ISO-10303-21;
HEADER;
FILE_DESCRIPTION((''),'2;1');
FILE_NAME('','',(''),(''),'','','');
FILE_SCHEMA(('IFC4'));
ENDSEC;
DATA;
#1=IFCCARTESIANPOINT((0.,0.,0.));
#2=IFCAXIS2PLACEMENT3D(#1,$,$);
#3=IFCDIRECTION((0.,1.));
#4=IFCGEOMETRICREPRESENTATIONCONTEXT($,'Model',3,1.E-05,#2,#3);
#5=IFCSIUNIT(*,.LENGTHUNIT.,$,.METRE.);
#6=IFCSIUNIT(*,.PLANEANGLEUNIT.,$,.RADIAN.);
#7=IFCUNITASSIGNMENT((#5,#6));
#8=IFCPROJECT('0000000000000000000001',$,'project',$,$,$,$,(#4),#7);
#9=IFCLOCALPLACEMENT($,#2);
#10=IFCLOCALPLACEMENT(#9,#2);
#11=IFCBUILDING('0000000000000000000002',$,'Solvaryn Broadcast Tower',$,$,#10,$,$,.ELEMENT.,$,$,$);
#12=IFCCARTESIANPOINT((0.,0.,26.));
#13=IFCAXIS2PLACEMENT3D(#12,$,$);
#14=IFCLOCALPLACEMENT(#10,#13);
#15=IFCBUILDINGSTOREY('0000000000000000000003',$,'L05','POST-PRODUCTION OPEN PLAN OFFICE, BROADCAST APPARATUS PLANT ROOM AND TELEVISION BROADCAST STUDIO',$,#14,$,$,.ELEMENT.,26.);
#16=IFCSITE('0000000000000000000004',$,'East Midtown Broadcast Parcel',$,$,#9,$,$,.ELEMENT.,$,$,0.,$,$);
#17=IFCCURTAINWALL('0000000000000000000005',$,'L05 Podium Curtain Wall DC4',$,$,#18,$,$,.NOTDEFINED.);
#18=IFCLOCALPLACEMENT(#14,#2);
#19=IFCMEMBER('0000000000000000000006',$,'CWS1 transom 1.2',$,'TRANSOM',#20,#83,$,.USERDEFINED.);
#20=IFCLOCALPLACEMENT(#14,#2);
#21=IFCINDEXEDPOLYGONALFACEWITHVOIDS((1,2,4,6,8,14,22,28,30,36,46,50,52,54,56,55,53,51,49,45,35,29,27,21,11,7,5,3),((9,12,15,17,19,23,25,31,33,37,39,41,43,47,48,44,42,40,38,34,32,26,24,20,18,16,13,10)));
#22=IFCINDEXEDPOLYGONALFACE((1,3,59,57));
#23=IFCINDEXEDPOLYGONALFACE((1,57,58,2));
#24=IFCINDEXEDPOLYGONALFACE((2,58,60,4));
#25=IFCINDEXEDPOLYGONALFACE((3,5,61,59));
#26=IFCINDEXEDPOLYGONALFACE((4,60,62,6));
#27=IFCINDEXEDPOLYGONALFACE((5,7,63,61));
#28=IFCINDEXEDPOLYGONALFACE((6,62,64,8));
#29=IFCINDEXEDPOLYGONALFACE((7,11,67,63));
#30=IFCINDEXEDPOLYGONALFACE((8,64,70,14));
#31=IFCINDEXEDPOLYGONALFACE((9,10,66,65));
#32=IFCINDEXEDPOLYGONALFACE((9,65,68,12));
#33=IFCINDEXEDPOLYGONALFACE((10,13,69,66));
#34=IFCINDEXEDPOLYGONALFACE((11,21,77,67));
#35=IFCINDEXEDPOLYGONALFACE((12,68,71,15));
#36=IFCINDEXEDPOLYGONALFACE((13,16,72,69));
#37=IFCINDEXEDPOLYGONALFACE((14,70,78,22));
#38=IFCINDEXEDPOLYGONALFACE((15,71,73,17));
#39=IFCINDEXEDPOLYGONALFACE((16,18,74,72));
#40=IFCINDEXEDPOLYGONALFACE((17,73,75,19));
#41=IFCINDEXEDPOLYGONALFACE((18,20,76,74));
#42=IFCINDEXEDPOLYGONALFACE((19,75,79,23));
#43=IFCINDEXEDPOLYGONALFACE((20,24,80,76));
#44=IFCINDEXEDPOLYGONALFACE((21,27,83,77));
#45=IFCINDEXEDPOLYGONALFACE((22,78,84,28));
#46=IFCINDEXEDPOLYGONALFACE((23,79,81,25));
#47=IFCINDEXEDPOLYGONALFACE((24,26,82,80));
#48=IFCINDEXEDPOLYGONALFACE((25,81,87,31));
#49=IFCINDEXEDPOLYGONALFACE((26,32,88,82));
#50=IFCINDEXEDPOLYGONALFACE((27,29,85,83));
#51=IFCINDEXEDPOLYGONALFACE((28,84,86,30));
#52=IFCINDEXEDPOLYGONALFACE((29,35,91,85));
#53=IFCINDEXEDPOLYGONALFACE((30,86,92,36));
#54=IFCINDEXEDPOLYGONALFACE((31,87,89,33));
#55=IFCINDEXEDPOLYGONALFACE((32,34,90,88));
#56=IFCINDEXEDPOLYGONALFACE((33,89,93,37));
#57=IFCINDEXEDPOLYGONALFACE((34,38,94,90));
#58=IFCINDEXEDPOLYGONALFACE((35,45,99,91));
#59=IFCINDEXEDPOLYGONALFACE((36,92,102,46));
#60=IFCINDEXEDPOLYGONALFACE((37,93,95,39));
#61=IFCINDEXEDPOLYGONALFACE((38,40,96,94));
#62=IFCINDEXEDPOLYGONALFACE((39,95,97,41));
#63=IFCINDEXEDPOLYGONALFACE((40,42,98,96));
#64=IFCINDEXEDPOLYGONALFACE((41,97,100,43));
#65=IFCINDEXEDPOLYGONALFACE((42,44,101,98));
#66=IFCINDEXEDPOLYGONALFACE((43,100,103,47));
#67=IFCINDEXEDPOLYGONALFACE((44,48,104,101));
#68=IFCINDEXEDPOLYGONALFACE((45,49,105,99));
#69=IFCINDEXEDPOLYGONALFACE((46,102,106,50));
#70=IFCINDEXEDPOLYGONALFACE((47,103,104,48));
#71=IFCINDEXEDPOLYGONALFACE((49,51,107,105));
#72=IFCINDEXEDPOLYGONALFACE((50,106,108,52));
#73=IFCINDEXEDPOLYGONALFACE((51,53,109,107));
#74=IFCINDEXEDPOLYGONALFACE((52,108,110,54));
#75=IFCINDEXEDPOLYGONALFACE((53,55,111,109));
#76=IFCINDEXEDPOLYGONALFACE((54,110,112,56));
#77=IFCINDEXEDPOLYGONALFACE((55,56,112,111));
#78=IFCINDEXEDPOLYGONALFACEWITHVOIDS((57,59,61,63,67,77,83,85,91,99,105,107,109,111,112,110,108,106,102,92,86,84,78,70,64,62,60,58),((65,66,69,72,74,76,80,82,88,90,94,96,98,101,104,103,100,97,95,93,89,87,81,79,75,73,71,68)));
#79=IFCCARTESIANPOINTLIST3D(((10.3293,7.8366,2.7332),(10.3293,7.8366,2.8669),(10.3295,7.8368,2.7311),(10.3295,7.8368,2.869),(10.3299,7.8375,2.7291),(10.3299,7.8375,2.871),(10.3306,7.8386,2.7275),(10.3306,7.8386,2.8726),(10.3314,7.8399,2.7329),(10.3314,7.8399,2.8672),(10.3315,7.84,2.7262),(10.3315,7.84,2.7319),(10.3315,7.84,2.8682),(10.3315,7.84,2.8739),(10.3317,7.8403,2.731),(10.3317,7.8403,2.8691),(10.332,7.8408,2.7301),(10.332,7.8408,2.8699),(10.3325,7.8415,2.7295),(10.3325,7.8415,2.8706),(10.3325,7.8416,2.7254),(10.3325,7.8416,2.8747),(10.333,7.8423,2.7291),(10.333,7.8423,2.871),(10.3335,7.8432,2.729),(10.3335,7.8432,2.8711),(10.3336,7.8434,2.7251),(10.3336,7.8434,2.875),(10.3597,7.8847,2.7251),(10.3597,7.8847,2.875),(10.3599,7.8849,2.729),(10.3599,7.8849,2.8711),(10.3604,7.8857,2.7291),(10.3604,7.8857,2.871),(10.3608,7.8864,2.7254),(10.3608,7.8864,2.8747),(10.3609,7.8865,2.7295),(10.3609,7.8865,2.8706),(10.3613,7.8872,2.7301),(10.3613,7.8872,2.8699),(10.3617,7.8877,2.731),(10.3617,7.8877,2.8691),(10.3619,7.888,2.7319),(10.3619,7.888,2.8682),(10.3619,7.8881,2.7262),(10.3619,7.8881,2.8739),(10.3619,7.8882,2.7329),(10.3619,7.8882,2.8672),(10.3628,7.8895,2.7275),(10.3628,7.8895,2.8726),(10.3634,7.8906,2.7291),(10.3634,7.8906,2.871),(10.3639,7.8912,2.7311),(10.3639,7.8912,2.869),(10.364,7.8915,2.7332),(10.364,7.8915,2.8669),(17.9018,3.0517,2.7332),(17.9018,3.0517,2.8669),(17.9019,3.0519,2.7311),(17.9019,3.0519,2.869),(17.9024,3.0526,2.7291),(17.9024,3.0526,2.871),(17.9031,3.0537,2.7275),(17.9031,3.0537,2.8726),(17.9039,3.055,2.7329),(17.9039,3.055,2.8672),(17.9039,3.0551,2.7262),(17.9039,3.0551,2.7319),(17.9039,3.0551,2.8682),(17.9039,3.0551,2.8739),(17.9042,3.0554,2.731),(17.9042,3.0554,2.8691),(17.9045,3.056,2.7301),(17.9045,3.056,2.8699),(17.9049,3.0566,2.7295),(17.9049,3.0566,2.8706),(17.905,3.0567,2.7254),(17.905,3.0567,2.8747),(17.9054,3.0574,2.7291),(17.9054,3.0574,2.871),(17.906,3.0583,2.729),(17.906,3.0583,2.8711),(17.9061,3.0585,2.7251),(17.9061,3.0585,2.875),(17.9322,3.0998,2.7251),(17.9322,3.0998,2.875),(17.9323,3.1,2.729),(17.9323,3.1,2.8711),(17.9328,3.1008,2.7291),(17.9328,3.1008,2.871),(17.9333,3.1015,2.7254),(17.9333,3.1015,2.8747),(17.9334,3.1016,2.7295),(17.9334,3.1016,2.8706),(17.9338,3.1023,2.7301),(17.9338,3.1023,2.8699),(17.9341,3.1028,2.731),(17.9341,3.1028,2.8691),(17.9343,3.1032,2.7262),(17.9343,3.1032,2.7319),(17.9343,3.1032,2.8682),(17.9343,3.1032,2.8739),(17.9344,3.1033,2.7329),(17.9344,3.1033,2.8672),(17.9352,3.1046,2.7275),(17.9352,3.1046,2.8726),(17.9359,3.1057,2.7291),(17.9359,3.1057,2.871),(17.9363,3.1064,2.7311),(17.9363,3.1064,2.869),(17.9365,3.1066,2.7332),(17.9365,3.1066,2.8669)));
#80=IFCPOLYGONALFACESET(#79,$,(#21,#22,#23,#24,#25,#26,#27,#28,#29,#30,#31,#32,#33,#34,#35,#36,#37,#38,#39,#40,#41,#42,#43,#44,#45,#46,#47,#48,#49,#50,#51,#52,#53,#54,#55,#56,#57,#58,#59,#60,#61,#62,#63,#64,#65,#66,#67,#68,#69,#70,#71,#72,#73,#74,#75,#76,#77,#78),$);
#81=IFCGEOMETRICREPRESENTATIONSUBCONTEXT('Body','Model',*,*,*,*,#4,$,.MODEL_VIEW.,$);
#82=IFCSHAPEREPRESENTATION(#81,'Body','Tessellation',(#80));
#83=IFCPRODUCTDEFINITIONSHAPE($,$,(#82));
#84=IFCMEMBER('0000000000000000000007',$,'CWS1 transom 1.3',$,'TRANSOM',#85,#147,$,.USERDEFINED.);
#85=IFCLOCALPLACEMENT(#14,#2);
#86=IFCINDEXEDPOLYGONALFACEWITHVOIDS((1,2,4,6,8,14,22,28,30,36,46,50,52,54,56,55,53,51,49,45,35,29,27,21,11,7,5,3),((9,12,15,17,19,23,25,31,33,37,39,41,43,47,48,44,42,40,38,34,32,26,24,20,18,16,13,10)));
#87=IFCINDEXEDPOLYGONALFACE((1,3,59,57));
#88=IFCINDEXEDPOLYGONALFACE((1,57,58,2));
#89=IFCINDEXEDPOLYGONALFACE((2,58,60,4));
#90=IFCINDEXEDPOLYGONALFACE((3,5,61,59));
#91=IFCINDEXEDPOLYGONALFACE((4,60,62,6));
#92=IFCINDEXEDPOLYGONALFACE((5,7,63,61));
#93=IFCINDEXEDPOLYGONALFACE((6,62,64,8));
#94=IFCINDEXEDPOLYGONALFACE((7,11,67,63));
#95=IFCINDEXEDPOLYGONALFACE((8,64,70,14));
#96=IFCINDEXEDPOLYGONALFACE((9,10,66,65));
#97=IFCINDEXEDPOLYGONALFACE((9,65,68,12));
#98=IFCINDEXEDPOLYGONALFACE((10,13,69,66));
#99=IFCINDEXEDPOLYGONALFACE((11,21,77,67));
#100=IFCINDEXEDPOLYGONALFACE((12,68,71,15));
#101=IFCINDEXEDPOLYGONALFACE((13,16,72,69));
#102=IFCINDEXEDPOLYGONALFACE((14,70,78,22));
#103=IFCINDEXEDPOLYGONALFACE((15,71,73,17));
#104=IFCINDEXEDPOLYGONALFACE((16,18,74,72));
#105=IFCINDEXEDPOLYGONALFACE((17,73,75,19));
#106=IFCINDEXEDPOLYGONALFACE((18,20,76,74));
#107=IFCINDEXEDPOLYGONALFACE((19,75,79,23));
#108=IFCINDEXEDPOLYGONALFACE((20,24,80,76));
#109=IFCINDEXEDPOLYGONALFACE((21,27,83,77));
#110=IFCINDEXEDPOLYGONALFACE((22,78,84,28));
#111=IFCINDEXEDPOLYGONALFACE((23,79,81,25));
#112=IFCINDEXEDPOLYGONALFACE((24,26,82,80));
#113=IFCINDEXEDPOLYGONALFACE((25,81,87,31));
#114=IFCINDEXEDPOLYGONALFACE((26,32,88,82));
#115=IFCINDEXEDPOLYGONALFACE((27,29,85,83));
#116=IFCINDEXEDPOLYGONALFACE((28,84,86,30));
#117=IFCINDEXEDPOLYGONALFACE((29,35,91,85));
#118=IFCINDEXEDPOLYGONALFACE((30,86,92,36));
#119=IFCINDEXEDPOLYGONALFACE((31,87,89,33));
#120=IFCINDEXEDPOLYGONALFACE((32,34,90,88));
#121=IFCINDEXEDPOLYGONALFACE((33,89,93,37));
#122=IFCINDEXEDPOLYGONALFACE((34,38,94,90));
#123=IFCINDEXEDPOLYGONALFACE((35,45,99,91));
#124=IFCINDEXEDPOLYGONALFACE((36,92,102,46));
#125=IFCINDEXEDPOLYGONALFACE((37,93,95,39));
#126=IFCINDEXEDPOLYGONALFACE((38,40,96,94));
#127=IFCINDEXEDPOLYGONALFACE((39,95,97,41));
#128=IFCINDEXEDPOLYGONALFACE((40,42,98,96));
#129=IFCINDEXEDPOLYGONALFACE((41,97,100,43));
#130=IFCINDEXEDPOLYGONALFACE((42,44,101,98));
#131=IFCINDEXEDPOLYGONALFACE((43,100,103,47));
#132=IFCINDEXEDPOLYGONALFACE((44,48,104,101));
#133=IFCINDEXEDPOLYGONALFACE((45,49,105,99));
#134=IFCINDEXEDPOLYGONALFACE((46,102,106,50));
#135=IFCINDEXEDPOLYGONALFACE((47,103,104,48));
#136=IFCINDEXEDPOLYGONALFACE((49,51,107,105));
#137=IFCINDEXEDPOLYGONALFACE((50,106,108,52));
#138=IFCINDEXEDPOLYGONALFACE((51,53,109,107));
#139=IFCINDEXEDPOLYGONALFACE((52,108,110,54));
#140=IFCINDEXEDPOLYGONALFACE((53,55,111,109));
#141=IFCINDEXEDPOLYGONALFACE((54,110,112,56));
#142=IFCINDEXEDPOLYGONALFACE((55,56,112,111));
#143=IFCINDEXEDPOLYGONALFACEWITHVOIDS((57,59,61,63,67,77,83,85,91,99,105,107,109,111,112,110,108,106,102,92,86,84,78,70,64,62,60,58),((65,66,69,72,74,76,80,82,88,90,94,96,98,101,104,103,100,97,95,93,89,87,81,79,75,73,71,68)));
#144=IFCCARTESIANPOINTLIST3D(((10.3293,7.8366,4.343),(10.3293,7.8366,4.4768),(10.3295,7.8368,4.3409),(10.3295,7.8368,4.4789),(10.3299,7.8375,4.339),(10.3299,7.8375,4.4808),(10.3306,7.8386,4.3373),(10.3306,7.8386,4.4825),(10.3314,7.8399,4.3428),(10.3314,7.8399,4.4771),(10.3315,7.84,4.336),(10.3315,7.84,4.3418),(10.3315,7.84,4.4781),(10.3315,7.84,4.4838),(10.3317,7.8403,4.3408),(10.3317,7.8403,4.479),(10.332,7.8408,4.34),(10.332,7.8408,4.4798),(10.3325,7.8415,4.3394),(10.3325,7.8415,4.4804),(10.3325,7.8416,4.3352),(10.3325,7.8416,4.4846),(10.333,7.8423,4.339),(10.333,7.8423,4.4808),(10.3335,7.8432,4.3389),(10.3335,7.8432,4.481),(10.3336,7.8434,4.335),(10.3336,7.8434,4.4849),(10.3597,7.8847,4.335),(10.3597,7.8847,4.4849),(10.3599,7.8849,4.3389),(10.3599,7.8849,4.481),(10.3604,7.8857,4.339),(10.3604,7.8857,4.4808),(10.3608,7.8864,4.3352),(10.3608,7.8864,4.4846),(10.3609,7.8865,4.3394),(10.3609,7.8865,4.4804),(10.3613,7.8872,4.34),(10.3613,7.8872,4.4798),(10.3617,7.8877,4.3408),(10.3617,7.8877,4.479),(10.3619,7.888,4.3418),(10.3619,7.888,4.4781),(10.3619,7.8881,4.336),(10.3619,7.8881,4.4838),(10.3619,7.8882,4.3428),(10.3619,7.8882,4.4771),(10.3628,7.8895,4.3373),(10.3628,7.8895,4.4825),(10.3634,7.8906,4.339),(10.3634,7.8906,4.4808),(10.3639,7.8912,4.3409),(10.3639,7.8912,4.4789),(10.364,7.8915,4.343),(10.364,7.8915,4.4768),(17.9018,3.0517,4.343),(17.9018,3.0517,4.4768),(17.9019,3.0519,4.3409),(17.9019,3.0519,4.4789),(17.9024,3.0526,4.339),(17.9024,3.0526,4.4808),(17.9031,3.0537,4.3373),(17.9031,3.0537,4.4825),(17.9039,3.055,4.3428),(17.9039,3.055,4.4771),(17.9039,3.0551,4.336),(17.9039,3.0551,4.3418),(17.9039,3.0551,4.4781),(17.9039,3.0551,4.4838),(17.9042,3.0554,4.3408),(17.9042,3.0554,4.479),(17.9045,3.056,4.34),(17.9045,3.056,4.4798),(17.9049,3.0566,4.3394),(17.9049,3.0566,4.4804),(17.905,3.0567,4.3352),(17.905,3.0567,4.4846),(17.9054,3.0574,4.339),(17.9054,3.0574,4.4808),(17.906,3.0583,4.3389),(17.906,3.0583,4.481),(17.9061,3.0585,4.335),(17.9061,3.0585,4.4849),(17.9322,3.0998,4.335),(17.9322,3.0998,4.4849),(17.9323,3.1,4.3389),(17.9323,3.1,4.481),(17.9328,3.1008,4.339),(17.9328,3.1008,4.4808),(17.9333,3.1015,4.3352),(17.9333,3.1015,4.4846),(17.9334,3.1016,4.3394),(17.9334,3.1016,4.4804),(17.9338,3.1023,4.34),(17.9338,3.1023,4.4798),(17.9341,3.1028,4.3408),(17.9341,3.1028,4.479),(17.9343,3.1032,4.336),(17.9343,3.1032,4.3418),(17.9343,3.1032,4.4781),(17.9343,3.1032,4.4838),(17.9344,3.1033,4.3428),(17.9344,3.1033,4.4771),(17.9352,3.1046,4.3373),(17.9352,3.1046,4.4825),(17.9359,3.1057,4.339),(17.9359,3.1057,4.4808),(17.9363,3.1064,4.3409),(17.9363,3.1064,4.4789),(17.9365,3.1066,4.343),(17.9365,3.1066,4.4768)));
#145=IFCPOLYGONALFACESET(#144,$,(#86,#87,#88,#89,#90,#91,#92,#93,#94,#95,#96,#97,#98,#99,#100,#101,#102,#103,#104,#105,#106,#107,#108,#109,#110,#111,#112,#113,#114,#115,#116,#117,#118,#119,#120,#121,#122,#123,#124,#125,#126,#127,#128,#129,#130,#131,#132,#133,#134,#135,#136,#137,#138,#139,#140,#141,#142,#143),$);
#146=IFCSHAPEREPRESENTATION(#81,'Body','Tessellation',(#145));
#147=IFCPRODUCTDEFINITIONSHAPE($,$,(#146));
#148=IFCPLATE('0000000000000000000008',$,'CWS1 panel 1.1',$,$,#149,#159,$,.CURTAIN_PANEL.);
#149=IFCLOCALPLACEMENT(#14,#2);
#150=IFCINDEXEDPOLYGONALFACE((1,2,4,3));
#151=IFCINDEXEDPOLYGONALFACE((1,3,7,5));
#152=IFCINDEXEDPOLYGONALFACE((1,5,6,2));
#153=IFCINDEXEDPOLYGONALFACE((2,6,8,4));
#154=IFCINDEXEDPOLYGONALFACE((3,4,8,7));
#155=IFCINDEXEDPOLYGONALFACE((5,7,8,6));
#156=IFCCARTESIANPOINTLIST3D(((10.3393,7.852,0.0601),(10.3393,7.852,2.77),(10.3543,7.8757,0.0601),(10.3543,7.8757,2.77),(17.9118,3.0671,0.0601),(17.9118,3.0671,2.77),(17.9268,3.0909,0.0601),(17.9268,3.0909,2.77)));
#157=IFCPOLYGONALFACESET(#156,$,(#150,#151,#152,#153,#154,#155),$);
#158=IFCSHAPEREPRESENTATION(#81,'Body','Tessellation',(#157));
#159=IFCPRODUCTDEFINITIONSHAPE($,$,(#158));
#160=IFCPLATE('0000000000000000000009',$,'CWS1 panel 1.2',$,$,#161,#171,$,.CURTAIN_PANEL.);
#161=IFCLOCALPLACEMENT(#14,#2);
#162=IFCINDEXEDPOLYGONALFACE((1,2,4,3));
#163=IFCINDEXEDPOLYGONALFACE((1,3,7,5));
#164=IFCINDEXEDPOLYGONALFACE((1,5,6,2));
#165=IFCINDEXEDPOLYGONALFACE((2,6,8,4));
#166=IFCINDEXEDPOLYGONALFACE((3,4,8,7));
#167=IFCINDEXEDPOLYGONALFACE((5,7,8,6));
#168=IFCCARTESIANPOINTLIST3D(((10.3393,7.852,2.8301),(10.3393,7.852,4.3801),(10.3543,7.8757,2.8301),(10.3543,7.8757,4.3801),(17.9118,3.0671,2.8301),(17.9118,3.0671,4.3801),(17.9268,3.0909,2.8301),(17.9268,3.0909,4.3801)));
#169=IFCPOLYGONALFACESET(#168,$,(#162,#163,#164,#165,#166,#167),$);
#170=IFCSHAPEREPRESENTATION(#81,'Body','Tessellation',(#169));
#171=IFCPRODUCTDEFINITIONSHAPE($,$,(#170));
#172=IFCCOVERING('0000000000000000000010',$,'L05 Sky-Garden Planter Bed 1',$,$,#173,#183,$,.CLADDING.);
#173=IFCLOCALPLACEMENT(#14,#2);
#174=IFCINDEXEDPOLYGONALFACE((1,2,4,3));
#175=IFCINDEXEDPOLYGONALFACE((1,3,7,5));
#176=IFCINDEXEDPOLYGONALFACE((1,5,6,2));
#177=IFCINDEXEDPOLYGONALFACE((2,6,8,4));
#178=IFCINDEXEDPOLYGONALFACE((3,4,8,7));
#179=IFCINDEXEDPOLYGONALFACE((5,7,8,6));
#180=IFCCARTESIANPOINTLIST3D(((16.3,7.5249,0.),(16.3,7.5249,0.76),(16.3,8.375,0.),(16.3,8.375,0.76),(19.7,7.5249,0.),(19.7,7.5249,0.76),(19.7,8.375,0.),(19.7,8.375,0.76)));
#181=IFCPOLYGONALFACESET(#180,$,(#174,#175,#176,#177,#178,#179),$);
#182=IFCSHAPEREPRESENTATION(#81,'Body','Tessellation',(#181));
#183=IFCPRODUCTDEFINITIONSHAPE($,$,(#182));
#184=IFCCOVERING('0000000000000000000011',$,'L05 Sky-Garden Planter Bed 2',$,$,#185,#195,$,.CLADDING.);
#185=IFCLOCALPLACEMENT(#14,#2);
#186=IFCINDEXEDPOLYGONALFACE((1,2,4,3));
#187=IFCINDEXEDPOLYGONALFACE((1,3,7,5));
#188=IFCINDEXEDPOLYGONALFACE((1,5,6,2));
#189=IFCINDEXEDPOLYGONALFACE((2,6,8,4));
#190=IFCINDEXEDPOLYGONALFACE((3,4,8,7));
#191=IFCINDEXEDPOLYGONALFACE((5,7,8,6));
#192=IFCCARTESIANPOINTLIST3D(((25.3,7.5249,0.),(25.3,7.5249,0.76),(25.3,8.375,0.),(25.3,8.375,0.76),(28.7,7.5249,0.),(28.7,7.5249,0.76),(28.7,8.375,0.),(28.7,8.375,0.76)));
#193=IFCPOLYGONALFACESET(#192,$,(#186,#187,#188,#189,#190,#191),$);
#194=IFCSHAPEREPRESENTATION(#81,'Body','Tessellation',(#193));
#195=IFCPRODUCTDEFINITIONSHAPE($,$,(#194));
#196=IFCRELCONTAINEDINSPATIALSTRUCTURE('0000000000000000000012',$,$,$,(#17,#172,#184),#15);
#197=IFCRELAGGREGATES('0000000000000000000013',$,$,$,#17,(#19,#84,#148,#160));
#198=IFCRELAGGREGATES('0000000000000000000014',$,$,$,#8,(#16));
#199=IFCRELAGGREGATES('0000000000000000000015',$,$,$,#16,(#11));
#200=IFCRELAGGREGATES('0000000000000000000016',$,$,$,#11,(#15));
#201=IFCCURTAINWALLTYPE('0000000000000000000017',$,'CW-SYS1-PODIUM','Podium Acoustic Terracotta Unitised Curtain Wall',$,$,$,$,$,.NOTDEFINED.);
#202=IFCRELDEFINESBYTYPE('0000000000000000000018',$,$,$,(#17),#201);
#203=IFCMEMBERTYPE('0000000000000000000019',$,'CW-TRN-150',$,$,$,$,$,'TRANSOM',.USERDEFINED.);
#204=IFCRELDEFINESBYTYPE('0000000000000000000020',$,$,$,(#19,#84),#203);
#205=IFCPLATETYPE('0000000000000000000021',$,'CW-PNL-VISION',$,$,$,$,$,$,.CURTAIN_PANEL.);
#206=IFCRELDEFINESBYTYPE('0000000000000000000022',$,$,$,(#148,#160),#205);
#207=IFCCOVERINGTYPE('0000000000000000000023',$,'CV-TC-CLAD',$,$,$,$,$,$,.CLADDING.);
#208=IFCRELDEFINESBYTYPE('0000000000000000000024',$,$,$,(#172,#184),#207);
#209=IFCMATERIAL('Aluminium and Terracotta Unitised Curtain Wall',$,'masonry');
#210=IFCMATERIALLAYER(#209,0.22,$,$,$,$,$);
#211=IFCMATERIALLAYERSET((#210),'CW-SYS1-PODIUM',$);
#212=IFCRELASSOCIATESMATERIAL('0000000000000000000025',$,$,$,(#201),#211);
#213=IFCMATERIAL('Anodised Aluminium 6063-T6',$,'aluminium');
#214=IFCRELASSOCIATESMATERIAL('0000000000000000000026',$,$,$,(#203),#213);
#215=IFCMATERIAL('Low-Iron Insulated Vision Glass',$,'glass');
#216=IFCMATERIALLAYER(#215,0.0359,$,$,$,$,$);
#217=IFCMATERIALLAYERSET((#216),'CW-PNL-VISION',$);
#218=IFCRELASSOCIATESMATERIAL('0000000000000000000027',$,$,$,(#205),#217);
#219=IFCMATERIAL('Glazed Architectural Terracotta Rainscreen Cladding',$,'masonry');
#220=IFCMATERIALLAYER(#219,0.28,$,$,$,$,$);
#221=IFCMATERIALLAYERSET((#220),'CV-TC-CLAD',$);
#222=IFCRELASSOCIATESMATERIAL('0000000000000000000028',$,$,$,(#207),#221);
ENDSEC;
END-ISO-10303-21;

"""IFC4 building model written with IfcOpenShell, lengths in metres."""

from ifc_helpers import new_model, si_unit, direction, frame, origin, origin_2d, place, context, subcontext, project, spatial, rectangle, hollow_rectangle, extrude, material, layer, layer_set, material_profile, profile_set, type_object, element, aggregate, save


model = new_model("IFC4")

# Units and contexts
model_context = context("Model", 3, precision=1e-05, world=origin(), true_north=direction((0.0, 1.0)))
body_context = subcontext(model_context, "Body", "Model", "MODEL_VIEW")
ifc_project = project(units=[si_unit("LENGTHUNIT", "METRE"), si_unit("PLANEANGLEUNIT", "RADIAN")], contexts=[model_context])

# Site, building, storey
site_placement = place(None, origin())
site = spatial("IfcSite", under=ifc_project, at=site_placement, Name="East Midtown Broadcast Parcel", CompositionType="ELEMENT", RefElevation=0.0)
building_placement = place(site_placement, origin())
building = spatial("IfcBuilding", under=site, at=building_placement, Name="Solvaryn Broadcast Tower", CompositionType="ELEMENT")
storey_placement = place(building_placement, frame((0.0, 0.0, 26.0)))
storey = spatial("IfcBuildingStorey", under=building, at=storey_placement, Name="L05", Description="POST-PRODUCTION OPEN PLAN OFFICE, BROADCAST APPARATUS PLANT ROOM AND TELEVISION BROADCAST STUDIO", CompositionType="ELEMENT", Elevation=26.0)

# Curtain wall, members, plates
ifc_material_1 = material(Name="Aluminium and Terracotta Unitised Curtain Wall", Category="masonry")
ifc_layer_1 = layer(ifc_material_1, 0.22)
ifc_layer_set_1 = layer_set([ifc_layer_1], Name="CW-SYS1-PODIUM")
curtain_wall_type = type_object("IfcCurtainWallType", Name="CW-SYS1-PODIUM", Description="Podium Acoustic Terracotta Unitised Curtain Wall", PredefinedType="NOTDEFINED", material=ifc_layer_set_1)
curtain_wall_placement = place(storey_placement, origin())
curtain_wall = element("IfcCurtainWall", 1, at=curtain_wall_placement, inside=storey, type_object=curtain_wall_type, Name="L05 Podium Curtain Wall DC4", PredefinedType="NOTDEFINED")
ifc_material_2 = material(Name="Anodised Aluminium 6063-T6", Category="aluminium")
ifc_material_profile_1 = material_profile(ifc_material_2, hollow_rectangle(XDim=0.0649, YDim=0.1499, WallThickness=0.0039, InnerFilletRadius=0.0039, OuterFilletRadius=0.0081, at=origin_2d()))
ifc_profile_set_1 = profile_set([ifc_material_profile_1], Name="Anodised Aluminium 6063-T6")
member_type_1 = type_object("IfcMemberType", Name="CW-TRN-150", ElementType="TRANSOM", PredefinedType="USERDEFINED", material=ifc_profile_set_1)
member_1_placement = place(storey_placement, frame((10.3467, 7.864, 2.8), z_axis=(0.845374, -0.534174, 0.0), x_axis=(0.534174, 0.845374, 0.0)))
member_1 = element("IfcMember", 2, at=member_1_placement, type_object=member_type_1, Name="CWS1 transom 1.2", ObjectType="TRANSOM", PredefinedType="USERDEFINED", context=body_context, shape_type="SweptSolid", body=[
    extrude(hollow_rectangle(XDim=0.0649, YDim=0.1499, WallThickness=0.0039, InnerFilletRadius=0.0039, OuterFilletRadius=0.0081, at=origin_2d()), origin(), (0.0, 0.0, 1.0), 8.9575),
])
member_2_placement = place(storey_placement, frame((10.3467, 7.864, 4.4099), z_axis=(0.845374, -0.534174, 0.0), x_axis=(0.534174, 0.845374, 0.0)))
member_2 = element("IfcMember", 3, at=member_2_placement, type_object=member_type_1, Name="CWS1 transom 1.3", ObjectType="TRANSOM", PredefinedType="USERDEFINED", context=body_context, shape_type="SweptSolid", body=[
    extrude(hollow_rectangle(XDim=0.0649, YDim=0.1499, WallThickness=0.0039, InnerFilletRadius=0.0039, OuterFilletRadius=0.0081, at=origin_2d()), origin(), (0.0, 0.0, 1.0), 8.9575),
])
ifc_material_3 = material(Name="Low-Iron Insulated Vision Glass", Category="glass")
ifc_layer_2 = layer(ifc_material_3, 0.0359)
ifc_layer_set_2 = layer_set([ifc_layer_2], Name="CW-PNL-VISION")
plate_type = type_object("IfcPlateType", Name="CW-PNL-VISION", PredefinedType="CURTAIN_PANEL", material=ifc_layer_set_2)
plate_1_placement = place(storey_placement, frame((14.1331, 5.4714, 0.0601), z_axis=(0.0, 0.0, 1.0), x_axis=(0.845376, -0.534171, 0.0)))
plate_1 = element("IfcPlate", 4, at=plate_1_placement, type_object=plate_type, Name="CWS1 panel 1.1", PredefinedType="CURTAIN_PANEL", context=body_context, shape_type="SweptSolid", body=[
    extrude(rectangle(XDim=8.9575, YDim=0.0281, at=origin_2d()), origin(), (0.0, 0.0, 1.0), 2.71),
])
plate_2_placement = place(storey_placement, frame((14.1331, 5.4714, 2.8301), z_axis=(0.0, 0.0, 1.0), x_axis=(0.845376, -0.534171, 0.0)))
plate_2 = element("IfcPlate", 5, at=plate_2_placement, type_object=plate_type, Name="CWS1 panel 1.2", PredefinedType="CURTAIN_PANEL", context=body_context, shape_type="SweptSolid", body=[
    extrude(rectangle(XDim=8.9575, YDim=0.0281, at=origin_2d()), origin(), (0.0, 0.0, 1.0), 1.55),
])
aggregate(curtain_wall, [member_1, member_2, plate_1, plate_2])

# Coverings
ifc_material_4 = material(Name="Glazed Architectural Terracotta Rainscreen Cladding", Category="masonry")
ifc_layer_3 = layer(ifc_material_4, 0.28)
ifc_layer_set_3 = layer_set([ifc_layer_3], Name="CV-TC-CLAD")
covering_type_1 = type_object("IfcCoveringType", Name="CV-TC-CLAD", PredefinedType="CLADDING", material=ifc_layer_set_3)
for number, where, z_axis, x_axis, name in (
    (6, (18.0, 7.95, 0.0), (0.0, 0.0, 1.0), (1.0, 0.0, 0.0), "L05 Sky-Garden Planter Bed 1"),
    (7, (27.0, 7.95, 0.0), (0.0, 0.0, 1.0), (1.0, 0.0, 0.0), "L05 Sky-Garden Planter Bed 2"),
):
    element("IfcCovering", number, at=place(storey_placement, frame(where, z_axis=z_axis, x_axis=x_axis)), inside=storey, type_object=covering_type_1, Name=name, PredefinedType="CLADDING", context=body_context, shape_type="SweptSolid", body=[
        extrude(rectangle(XDim=3.3999, YDim=0.8501, at=origin_2d()), origin(), (0.0, 0.0, 1.0), 0.76),
    ])

save(model, "model.ifc")
